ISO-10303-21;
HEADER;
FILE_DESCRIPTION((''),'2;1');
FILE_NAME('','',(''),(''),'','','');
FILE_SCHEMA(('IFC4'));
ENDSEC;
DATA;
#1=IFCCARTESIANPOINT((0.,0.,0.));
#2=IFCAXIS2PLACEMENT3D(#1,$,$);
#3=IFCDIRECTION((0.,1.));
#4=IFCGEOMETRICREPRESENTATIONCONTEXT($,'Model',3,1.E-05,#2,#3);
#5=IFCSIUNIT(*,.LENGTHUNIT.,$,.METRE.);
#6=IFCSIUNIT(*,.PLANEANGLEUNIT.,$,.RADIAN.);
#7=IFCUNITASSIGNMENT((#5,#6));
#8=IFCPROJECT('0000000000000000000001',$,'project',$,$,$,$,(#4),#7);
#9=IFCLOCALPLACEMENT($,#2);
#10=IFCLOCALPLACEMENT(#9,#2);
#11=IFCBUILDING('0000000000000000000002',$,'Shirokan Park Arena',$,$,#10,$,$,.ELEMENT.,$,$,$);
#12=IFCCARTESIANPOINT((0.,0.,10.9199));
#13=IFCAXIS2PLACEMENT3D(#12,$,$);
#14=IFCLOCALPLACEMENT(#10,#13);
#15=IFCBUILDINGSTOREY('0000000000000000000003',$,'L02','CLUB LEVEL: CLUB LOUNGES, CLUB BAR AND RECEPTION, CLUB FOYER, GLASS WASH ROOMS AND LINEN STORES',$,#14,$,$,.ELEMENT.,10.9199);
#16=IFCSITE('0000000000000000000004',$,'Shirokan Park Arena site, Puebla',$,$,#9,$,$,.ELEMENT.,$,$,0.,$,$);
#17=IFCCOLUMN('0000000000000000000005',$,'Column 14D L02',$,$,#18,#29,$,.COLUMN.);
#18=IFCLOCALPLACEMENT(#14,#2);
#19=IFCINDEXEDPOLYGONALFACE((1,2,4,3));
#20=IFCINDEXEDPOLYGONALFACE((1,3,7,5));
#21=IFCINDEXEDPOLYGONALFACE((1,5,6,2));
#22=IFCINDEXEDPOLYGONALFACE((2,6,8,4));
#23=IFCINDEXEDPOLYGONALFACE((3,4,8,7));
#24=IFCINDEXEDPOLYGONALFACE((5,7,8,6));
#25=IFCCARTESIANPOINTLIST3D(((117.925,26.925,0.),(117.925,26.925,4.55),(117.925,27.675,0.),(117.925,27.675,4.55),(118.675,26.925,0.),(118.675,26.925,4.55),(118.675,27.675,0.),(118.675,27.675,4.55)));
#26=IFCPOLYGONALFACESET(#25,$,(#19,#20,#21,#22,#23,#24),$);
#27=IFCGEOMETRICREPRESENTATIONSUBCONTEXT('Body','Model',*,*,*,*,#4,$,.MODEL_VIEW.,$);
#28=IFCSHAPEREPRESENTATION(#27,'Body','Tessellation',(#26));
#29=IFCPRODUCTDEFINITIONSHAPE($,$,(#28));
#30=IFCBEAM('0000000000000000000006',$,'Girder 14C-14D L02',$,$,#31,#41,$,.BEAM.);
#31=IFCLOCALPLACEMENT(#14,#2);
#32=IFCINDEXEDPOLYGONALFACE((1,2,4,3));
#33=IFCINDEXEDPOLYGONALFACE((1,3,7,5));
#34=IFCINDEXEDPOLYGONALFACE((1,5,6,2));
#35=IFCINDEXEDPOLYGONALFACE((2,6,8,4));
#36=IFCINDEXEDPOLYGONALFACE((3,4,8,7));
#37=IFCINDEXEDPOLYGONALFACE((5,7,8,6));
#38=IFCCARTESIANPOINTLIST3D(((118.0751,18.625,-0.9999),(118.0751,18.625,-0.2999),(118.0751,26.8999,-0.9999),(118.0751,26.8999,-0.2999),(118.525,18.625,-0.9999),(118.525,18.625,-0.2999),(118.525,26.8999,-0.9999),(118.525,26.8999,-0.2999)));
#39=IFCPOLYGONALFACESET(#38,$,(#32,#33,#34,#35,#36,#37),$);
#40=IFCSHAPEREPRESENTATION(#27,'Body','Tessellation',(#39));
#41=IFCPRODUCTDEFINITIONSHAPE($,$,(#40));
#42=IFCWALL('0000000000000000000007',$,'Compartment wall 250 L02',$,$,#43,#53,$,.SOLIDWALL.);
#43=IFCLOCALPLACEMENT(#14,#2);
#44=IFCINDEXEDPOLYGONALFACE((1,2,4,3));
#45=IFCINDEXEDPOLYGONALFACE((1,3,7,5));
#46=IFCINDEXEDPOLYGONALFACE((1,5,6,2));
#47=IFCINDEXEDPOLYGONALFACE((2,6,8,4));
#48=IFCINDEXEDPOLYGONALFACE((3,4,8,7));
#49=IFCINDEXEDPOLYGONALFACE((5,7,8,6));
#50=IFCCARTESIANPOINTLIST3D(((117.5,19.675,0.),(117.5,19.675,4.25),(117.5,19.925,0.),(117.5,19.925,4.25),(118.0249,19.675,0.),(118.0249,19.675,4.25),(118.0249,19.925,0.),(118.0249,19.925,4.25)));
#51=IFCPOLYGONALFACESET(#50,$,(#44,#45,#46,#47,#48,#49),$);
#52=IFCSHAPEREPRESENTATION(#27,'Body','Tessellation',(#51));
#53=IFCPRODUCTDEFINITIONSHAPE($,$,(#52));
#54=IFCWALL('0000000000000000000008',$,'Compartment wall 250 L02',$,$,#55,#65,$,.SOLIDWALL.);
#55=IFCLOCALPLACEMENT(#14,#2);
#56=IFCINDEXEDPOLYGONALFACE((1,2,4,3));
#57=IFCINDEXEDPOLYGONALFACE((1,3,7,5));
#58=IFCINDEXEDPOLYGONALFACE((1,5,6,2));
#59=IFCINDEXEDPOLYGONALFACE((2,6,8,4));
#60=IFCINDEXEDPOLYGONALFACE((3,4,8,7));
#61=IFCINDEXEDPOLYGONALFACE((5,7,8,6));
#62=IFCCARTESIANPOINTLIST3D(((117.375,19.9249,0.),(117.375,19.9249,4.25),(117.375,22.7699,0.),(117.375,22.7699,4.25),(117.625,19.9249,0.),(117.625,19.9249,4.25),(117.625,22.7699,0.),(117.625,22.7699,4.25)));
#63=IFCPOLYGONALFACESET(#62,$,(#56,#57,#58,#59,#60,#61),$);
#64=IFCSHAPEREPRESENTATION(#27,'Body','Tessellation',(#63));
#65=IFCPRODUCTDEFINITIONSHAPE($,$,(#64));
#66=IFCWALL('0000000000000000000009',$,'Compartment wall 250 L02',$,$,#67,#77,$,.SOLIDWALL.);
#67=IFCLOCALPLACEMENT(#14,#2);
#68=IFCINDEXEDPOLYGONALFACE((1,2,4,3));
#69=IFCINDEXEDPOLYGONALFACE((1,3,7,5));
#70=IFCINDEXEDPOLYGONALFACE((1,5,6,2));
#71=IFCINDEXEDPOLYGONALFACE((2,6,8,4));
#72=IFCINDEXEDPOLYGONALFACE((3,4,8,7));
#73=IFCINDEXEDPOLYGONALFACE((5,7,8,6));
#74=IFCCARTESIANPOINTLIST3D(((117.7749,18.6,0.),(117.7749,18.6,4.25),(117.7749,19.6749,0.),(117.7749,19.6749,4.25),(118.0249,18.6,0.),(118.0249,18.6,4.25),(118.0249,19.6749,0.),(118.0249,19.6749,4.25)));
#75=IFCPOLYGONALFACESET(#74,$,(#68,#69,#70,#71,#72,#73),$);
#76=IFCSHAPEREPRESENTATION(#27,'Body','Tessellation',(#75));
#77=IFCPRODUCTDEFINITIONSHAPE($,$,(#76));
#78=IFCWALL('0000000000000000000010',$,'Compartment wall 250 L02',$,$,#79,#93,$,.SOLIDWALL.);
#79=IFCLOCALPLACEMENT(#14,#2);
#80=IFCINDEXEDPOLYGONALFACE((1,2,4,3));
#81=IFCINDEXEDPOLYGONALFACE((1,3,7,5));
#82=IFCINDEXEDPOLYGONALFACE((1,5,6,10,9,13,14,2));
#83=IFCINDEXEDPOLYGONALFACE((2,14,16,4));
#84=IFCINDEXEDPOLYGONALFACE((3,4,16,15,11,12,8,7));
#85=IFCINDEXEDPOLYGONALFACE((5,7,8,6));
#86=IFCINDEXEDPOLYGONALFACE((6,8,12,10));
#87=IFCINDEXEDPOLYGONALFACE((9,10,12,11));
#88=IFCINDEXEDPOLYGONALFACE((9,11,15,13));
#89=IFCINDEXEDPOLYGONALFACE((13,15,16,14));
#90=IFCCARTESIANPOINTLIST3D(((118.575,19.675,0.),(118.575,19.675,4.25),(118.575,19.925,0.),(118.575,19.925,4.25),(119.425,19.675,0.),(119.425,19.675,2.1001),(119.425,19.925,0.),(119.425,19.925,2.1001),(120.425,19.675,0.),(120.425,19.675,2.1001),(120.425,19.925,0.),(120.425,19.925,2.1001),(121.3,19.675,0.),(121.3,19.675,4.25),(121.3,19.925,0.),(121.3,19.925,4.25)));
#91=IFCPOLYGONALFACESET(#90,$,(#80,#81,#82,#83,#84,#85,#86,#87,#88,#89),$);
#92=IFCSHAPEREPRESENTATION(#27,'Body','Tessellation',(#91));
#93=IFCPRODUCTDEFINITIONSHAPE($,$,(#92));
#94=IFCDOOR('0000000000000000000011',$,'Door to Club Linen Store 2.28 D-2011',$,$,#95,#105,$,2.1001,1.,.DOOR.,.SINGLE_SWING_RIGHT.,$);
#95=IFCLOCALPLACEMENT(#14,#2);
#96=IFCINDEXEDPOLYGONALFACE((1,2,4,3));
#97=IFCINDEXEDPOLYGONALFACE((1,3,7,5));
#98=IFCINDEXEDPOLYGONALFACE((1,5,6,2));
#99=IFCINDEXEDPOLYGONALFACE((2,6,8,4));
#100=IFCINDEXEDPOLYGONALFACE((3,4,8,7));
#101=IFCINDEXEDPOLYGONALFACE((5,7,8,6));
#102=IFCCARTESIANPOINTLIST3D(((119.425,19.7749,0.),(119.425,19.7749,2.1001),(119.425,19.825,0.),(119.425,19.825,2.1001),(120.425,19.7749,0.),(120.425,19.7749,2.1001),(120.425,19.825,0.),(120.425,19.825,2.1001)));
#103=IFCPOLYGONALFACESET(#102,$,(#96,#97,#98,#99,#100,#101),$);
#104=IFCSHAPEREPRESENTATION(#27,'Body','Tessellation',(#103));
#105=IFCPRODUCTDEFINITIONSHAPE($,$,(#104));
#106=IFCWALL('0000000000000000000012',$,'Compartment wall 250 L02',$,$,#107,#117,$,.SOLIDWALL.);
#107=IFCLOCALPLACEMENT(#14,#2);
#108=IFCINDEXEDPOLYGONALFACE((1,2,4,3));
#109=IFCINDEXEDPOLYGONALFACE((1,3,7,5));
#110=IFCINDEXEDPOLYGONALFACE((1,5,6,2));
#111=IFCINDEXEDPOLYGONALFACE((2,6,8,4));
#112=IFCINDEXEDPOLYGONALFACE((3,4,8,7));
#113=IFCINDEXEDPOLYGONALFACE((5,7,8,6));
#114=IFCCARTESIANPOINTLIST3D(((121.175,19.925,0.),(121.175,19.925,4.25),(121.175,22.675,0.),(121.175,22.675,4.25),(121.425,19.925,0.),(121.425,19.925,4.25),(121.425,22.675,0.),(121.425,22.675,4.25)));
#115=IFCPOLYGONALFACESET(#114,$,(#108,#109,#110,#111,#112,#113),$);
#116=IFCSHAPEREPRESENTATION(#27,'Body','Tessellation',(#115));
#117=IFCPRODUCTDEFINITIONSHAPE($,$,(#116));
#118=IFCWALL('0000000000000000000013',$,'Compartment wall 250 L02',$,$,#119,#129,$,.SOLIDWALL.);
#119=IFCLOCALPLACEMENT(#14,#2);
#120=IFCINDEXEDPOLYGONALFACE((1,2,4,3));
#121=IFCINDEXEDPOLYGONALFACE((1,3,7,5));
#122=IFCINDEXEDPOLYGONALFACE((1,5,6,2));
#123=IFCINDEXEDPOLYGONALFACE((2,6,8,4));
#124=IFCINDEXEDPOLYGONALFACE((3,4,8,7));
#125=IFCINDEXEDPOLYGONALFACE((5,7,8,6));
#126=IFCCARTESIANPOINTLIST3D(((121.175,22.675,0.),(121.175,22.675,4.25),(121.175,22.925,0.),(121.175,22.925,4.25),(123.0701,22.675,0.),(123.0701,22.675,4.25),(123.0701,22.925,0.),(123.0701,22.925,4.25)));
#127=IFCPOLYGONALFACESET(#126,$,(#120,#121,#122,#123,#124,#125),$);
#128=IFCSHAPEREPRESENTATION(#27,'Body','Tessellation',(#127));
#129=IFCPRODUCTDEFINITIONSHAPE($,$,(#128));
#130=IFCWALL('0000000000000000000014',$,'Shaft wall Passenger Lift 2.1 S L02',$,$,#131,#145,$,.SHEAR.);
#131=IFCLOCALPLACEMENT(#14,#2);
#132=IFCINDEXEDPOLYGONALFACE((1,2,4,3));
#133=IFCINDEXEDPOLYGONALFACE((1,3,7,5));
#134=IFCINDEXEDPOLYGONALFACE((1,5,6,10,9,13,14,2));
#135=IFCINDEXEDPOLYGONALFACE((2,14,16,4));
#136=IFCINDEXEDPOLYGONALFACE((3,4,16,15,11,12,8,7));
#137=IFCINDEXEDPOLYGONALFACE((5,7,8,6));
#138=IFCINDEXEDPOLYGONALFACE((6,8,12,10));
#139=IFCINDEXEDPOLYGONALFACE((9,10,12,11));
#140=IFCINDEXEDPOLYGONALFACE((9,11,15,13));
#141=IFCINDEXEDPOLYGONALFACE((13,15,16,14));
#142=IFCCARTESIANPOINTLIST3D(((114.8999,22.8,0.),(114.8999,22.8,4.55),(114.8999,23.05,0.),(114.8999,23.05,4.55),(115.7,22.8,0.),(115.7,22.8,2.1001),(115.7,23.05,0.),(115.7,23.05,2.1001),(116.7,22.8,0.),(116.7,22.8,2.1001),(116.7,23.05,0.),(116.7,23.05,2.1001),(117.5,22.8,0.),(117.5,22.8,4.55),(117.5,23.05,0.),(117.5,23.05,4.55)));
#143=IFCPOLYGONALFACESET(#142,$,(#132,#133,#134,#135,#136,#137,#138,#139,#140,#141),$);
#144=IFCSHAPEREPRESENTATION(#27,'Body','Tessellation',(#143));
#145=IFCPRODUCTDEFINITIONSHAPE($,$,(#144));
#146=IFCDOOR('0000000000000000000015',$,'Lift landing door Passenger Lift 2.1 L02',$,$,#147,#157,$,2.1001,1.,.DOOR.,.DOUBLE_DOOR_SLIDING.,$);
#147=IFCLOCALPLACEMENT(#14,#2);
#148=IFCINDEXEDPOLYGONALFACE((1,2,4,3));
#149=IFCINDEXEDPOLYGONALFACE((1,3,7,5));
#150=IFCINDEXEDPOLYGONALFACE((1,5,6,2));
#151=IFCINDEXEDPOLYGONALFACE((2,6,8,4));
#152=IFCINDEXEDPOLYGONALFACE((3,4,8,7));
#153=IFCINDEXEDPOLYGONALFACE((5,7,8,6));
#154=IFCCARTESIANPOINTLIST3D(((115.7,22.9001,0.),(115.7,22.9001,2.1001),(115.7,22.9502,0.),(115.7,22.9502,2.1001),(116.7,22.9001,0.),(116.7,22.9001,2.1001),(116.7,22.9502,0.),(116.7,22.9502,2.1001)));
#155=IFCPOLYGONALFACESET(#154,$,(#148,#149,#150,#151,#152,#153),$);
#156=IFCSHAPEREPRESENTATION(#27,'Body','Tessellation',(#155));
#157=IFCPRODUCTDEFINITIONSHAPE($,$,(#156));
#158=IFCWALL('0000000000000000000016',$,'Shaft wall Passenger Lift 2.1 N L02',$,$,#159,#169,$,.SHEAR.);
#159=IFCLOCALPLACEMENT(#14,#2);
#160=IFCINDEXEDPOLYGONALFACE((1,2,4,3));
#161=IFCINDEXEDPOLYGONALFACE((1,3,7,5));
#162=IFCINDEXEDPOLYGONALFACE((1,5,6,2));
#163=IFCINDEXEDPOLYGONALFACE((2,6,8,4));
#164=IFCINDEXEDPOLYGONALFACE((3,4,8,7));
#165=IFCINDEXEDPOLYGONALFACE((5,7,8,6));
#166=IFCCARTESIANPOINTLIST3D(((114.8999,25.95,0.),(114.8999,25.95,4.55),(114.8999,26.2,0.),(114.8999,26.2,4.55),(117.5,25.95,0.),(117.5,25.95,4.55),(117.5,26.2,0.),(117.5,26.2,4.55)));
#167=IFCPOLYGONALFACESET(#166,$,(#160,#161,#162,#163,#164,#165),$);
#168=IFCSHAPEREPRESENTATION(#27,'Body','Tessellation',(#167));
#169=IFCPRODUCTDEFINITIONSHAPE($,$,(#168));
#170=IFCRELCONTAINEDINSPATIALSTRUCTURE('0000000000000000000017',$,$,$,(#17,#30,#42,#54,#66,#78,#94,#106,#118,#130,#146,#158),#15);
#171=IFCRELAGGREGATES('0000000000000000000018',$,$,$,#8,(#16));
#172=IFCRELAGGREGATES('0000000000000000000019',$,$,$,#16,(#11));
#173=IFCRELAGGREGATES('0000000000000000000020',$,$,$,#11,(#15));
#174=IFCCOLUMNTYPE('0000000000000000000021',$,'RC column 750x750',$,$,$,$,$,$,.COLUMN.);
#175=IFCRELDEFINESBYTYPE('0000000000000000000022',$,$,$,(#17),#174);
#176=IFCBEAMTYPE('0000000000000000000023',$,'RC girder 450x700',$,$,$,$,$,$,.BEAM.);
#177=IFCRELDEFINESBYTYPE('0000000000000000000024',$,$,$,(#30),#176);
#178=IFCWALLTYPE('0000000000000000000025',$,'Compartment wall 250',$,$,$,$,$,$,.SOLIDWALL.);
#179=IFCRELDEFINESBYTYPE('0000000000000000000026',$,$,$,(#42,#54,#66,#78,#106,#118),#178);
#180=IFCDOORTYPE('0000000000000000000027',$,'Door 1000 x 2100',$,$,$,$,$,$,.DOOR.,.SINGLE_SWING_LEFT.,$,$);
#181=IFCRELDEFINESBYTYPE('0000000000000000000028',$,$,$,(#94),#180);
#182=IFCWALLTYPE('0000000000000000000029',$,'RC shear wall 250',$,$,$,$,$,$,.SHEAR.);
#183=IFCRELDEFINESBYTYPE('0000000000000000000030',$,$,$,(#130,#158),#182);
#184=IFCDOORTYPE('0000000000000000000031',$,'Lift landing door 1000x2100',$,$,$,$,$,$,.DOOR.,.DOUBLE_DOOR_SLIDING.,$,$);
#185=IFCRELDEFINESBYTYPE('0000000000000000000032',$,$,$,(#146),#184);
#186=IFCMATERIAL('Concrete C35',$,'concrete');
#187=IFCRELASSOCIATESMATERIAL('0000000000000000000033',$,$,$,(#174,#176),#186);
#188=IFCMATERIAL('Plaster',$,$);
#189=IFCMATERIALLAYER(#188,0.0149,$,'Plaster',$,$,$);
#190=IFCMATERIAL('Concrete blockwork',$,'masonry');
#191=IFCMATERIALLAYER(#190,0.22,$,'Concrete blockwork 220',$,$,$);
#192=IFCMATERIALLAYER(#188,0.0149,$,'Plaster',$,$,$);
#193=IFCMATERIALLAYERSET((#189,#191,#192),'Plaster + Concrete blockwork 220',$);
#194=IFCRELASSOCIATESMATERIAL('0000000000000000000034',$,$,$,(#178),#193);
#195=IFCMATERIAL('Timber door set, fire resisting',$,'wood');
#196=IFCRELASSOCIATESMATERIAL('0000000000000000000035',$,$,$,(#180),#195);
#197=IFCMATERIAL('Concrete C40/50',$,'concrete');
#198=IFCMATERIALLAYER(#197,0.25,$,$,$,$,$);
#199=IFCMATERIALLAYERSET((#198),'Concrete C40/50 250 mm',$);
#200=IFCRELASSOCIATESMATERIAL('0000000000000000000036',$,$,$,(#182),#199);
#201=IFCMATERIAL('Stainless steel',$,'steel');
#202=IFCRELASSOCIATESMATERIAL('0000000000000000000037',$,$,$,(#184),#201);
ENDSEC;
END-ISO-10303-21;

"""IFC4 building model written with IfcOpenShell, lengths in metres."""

from ifc_helpers import new_model, si_unit, direction, frame, frame_2d, origin, origin_2d, place, context, subcontext, project, spatial, rectangle, extrude, material, layer, layer_set, material_profile, profile_set, type_object, element, fill, save


model = new_model("IFC4")

# Units and contexts
model_context = context("Model", 3, precision=1e-05, world=origin(), true_north=direction((0.0, 1.0)))
body_context = subcontext(model_context, "Body", "Model", "MODEL_VIEW")
ifc_project = project(units=[si_unit("LENGTHUNIT", "METRE"), si_unit("PLANEANGLEUNIT", "RADIAN")], contexts=[model_context])

# Site, building, storey
site_placement = place(None, origin())
site = spatial("IfcSite", under=ifc_project, at=site_placement, Name="Shirokan Park Arena site, Puebla", CompositionType="ELEMENT", RefElevation=0.0)
building_placement = place(site_placement, origin())
building = spatial("IfcBuilding", under=site, at=building_placement, Name="Shirokan Park Arena", CompositionType="ELEMENT")
storey_placement = place(building_placement, frame((0.0, 0.0, 10.9199)))
storey = spatial("IfcBuildingStorey", under=building, at=storey_placement, Name="L02", Description="CLUB LEVEL: CLUB LOUNGES, CLUB BAR AND RECEPTION, CLUB FOYER, GLASS WASH ROOMS AND LINEN STORES", CompositionType="ELEMENT", Elevation=10.9199)

# Column
ifc_material_1 = material(Name="Concrete C35", Category="concrete")
ifc_material_profile_1 = material_profile(ifc_material_1, rectangle(XDim=0.75, YDim=0.75, at=origin_2d()), Name="750x750")
ifc_profile_set_1 = profile_set([ifc_material_profile_1], Name="Concrete C35")
column_type = type_object("IfcColumnType", Name="RC column 750x750", PredefinedType="COLUMN", material=ifc_profile_set_1)
column_placement = place(storey_placement, frame((118.3, 27.3, 0.0), z_axis=(0.0, 0.0, 1.0), x_axis=(1.0, 0.0, 0.0)))
element("IfcColumn", 1, at=column_placement, inside=storey, type_object=column_type, Name="Column 14D L02", PredefinedType="COLUMN", context=body_context, shape_type="SweptSolid", body=[
    extrude(rectangle(XDim=0.75, YDim=0.75, at=origin_2d()), origin(), (0.0, 0.0, 1.0), 4.55),
])

# Beam
ifc_material_profile_2 = material_profile(ifc_material_1, rectangle(XDim=0.45, YDim=0.7, at=origin_2d()), Name="450x700")
ifc_profile_set_2 = profile_set([ifc_material_profile_2], Name="Concrete C35")
beam_type = type_object("IfcBeamType", Name="RC girder 450x700", PredefinedType="BEAM", material=ifc_profile_set_2)
beam_placement = place(storey_placement, frame((118.3, 18.625, -0.6499), z_axis=(0.0, 1.0, 0.0), x_axis=(-1.0, 0.0, 0.0)))
element("IfcBeam", 2, at=beam_placement, inside=storey, type_object=beam_type, Name="Girder 14C-14D L02", PredefinedType="BEAM", context=body_context, shape_type="SweptSolid", body=[
    extrude(rectangle(XDim=0.45, YDim=0.7, at=origin_2d()), origin(), (0.0, 0.0, 1.0), 8.2749),
])

# Walls
ifc_material_2 = material(Name="Plaster")
ifc_layer_1 = layer(ifc_material_2, 0.0149, Name="Plaster")
ifc_material_3 = material(Name="Concrete blockwork", Category="masonry")
ifc_layer_2 = layer(ifc_material_3, 0.22, Name="Concrete blockwork 220")
ifc_layer_3 = layer(ifc_material_2, 0.0149, Name="Plaster")
ifc_layer_set_1 = layer_set([ifc_layer_1, ifc_layer_2, ifc_layer_3], Name="Plaster + Concrete blockwork 220")
wall_type_1 = type_object("IfcWallType", Name="Compartment wall 250", PredefinedType="SOLIDWALL", material=ifc_layer_set_1)
wall_1_placement = place(storey_placement, frame((117.5, 19.8, 0.0), z_axis=(0.0, 0.0, 1.0), x_axis=(1.0, 0.0, 0.0)))
element("IfcWall", 3, at=wall_1_placement, inside=storey, type_object=wall_type_1, Name="Compartment wall 250 L02", PredefinedType="SOLIDWALL", context=body_context, shape_type="SweptSolid", body=[
    extrude(rectangle(XDim=0.5249, YDim=0.25, at=frame_2d((0.2625, 0.0))), origin(), (0.0, 0.0, 1.0), 4.25),
])
wall_2_placement = place(storey_placement, frame((117.5, 19.925, 0.0), z_axis=(0.0, 0.0, 1.0), x_axis=(0.0, 1.0, 0.0)))
element("IfcWall", 4, at=wall_2_placement, inside=storey, type_object=wall_type_1, Name="Compartment wall 250 L02", PredefinedType="SOLIDWALL", context=body_context, shape_type="SweptSolid", body=[
    extrude(rectangle(XDim=2.845, YDim=0.25, at=frame_2d((1.4224, 0.0))), origin(), (0.0, 0.0, 1.0), 4.25),
])
wall_3_placement = place(storey_placement, frame((117.8999, 19.675, 0.0), z_axis=(0.0, 0.0, 1.0), x_axis=(0.0, -1.0, 0.0)))
element("IfcWall", 5, at=wall_3_placement, inside=storey, type_object=wall_type_1, Name="Compartment wall 250 L02", PredefinedType="SOLIDWALL", context=body_context, shape_type="SweptSolid", body=[
    extrude(rectangle(XDim=1.075, YDim=0.25, at=frame_2d((0.5376, 0.0))), origin(), (0.0, 0.0, 1.0), 4.25),
])

# Wall, opening, door
wall_4_placement = place(storey_placement, frame((118.575, 19.8, 0.0), z_axis=(0.0, 0.0, 1.0), x_axis=(1.0, 0.0, 0.0)))
wall_4 = element("IfcWall", 6, at=wall_4_placement, inside=storey, type_object=wall_type_1, Name="Compartment wall 250 L02", PredefinedType="SOLIDWALL", context=body_context, shape_type="SweptSolid", body=[
    extrude(rectangle(XDim=2.7251, YDim=0.25, at=frame_2d((1.3625, 0.0))), origin(), (0.0, 0.0, 1.0), 4.25),
])
opening_1_placement = place(wall_4_placement, frame((0.8501, 0.0, 0.0)))
opening_1 = element("IfcOpeningElement", 7, at=opening_1_placement, cuts=wall_4, PredefinedType="OPENING", context=body_context, shape_type="SweptSolid", body=[
    extrude(rectangle(XDim=1.0, YDim=2.1001, at=frame_2d((0.5, 1.05))), frame((0.0, 0.135, 0.0), z_axis=(0.0, -1.0, 0.0), x_axis=(1.0, 0.0, 0.0)), (0.0, 0.0, 1.0), 0.27),
])
ifc_material_4 = material(Name="Timber door set, fire resisting", Category="wood")
door_type_1 = type_object("IfcDoorType", Name="Door 1000 x 2100", OperationType="SINGLE_SWING_LEFT", PredefinedType="DOOR", material=ifc_material_4)
door_1_placement = place(opening_1_placement, origin())
door_1 = element("IfcDoor", 8, at=door_1_placement, inside=storey, type_object=door_type_1, Name="Door to Club Linen Store 2.28 D-2011", OperationType="SINGLE_SWING_RIGHT", OverallHeight=2.1001, OverallWidth=1.0, PredefinedType="DOOR", context=body_context, shape_type="SweptSolid", body=[
    extrude(rectangle(XDim=1.0, YDim=2.1001, at=frame_2d((0.5, 1.05))), frame((0.0, 0.0249, 0.0), z_axis=(0.0, -1.0, 0.0), x_axis=(1.0, 0.0, 0.0)), (0.0, 0.0, 1.0), 0.05),
])
fill(opening_1, door_1)

# Walls
wall_5_placement = place(storey_placement, frame((121.3, 22.675, 0.0), z_axis=(0.0, 0.0, 1.0), x_axis=(0.0, -1.0, 0.0)))
element("IfcWall", 9, at=wall_5_placement, inside=storey, type_object=wall_type_1, Name="Compartment wall 250 L02", PredefinedType="SOLIDWALL", context=body_context, shape_type="SweptSolid", body=[
    extrude(rectangle(XDim=2.75, YDim=0.25, at=frame_2d((1.375, 0.0))), origin(), (0.0, 0.0, 1.0), 4.25),
])
wall_6_placement = place(storey_placement, frame((123.0701, 22.8, 0.0), z_axis=(0.0, 0.0, 1.0), x_axis=(-1.0, 0.0, 0.0)))
element("IfcWall", 10, at=wall_6_placement, inside=storey, type_object=wall_type_1, Name="Compartment wall 250 L02", PredefinedType="SOLIDWALL", context=body_context, shape_type="SweptSolid", body=[
    extrude(rectangle(XDim=1.895, YDim=0.25, at=frame_2d((0.9475, 0.0))), origin(), (0.0, 0.0, 1.0), 4.25),
])

# Wall, opening, door
ifc_material_5 = material(Name="Concrete C40/50", Category="concrete")
ifc_layer_4 = layer(ifc_material_5, 0.25)
ifc_layer_set_2 = layer_set([ifc_layer_4], Name="Concrete C40/50 250 mm")
wall_type_2 = type_object("IfcWallType", Name="RC shear wall 250", PredefinedType="SHEAR", material=ifc_layer_set_2)
wall_7_placement = place(storey_placement, frame((117.5, 22.925, 0.0), z_axis=(0.0, 0.0, 1.0), x_axis=(-1.0, 0.0, 0.0)))
wall_7 = element("IfcWall", 11, at=wall_7_placement, inside=storey, type_object=wall_type_2, Name="Shaft wall Passenger Lift 2.1 S L02", PredefinedType="SHEAR", context=body_context, shape_type="SweptSolid", body=[
    extrude(rectangle(XDim=2.6001, YDim=0.25, at=frame_2d((1.3, 0.0))), origin(), (0.0, 0.0, 1.0), 4.55),
])
opening_2_placement = place(wall_7_placement, frame((0.8, 0.0, 0.0)))
opening_2 = element("IfcOpeningElement", 12, at=opening_2_placement, cuts=wall_7, PredefinedType="OPENING", context=body_context, shape_type="SweptSolid", body=[
    extrude(rectangle(XDim=1.0, YDim=2.1001, at=frame_2d((0.5, 1.05))), frame((0.0, 0.135, 0.0), z_axis=(0.0, -1.0, 0.0), x_axis=(1.0, 0.0, 0.0)), (0.0, 0.0, 1.0), 0.27),
])
ifc_material_6 = material(Name="Stainless steel", Category="steel")
door_type_2 = type_object("IfcDoorType", Name="Lift landing door 1000x2100", OperationType="DOUBLE_DOOR_SLIDING", PredefinedType="DOOR", material=ifc_material_6)
door_2_placement = place(opening_2_placement, origin())
door_2 = element("IfcDoor", 13, at=door_2_placement, inside=storey, type_object=door_type_2, Name="Lift landing door Passenger Lift 2.1 L02", OperationType="DOUBLE_DOOR_SLIDING", OverallHeight=2.1001, OverallWidth=1.0, PredefinedType="DOOR", context=body_context, shape_type="SweptSolid", body=[
    extrude(rectangle(XDim=1.0, YDim=2.1001, at=frame_2d((0.5, 1.05))), frame((0.0, 0.0249, 0.0), z_axis=(0.0, -1.0, 0.0), x_axis=(1.0, 0.0, 0.0)), (0.0, 0.0, 1.0), 0.05),
])
fill(opening_2, door_2)

# Wall
wall_8_placement = place(storey_placement, frame((117.5, 26.075, 0.0), z_axis=(0.0, 0.0, 1.0), x_axis=(-1.0, 0.0, 0.0)))
element("IfcWall", 14, at=wall_8_placement, inside=storey, type_object=wall_type_2, Name="Shaft wall Passenger Lift 2.1 N L02", PredefinedType="SHEAR", context=body_context, shape_type="SweptSolid", body=[
    extrude(rectangle(XDim=2.6001, YDim=0.25, at=frame_2d((1.3, 0.0))), origin(), (0.0, 0.0, 1.0), 4.55),
])

save(model, "model.ifc")
